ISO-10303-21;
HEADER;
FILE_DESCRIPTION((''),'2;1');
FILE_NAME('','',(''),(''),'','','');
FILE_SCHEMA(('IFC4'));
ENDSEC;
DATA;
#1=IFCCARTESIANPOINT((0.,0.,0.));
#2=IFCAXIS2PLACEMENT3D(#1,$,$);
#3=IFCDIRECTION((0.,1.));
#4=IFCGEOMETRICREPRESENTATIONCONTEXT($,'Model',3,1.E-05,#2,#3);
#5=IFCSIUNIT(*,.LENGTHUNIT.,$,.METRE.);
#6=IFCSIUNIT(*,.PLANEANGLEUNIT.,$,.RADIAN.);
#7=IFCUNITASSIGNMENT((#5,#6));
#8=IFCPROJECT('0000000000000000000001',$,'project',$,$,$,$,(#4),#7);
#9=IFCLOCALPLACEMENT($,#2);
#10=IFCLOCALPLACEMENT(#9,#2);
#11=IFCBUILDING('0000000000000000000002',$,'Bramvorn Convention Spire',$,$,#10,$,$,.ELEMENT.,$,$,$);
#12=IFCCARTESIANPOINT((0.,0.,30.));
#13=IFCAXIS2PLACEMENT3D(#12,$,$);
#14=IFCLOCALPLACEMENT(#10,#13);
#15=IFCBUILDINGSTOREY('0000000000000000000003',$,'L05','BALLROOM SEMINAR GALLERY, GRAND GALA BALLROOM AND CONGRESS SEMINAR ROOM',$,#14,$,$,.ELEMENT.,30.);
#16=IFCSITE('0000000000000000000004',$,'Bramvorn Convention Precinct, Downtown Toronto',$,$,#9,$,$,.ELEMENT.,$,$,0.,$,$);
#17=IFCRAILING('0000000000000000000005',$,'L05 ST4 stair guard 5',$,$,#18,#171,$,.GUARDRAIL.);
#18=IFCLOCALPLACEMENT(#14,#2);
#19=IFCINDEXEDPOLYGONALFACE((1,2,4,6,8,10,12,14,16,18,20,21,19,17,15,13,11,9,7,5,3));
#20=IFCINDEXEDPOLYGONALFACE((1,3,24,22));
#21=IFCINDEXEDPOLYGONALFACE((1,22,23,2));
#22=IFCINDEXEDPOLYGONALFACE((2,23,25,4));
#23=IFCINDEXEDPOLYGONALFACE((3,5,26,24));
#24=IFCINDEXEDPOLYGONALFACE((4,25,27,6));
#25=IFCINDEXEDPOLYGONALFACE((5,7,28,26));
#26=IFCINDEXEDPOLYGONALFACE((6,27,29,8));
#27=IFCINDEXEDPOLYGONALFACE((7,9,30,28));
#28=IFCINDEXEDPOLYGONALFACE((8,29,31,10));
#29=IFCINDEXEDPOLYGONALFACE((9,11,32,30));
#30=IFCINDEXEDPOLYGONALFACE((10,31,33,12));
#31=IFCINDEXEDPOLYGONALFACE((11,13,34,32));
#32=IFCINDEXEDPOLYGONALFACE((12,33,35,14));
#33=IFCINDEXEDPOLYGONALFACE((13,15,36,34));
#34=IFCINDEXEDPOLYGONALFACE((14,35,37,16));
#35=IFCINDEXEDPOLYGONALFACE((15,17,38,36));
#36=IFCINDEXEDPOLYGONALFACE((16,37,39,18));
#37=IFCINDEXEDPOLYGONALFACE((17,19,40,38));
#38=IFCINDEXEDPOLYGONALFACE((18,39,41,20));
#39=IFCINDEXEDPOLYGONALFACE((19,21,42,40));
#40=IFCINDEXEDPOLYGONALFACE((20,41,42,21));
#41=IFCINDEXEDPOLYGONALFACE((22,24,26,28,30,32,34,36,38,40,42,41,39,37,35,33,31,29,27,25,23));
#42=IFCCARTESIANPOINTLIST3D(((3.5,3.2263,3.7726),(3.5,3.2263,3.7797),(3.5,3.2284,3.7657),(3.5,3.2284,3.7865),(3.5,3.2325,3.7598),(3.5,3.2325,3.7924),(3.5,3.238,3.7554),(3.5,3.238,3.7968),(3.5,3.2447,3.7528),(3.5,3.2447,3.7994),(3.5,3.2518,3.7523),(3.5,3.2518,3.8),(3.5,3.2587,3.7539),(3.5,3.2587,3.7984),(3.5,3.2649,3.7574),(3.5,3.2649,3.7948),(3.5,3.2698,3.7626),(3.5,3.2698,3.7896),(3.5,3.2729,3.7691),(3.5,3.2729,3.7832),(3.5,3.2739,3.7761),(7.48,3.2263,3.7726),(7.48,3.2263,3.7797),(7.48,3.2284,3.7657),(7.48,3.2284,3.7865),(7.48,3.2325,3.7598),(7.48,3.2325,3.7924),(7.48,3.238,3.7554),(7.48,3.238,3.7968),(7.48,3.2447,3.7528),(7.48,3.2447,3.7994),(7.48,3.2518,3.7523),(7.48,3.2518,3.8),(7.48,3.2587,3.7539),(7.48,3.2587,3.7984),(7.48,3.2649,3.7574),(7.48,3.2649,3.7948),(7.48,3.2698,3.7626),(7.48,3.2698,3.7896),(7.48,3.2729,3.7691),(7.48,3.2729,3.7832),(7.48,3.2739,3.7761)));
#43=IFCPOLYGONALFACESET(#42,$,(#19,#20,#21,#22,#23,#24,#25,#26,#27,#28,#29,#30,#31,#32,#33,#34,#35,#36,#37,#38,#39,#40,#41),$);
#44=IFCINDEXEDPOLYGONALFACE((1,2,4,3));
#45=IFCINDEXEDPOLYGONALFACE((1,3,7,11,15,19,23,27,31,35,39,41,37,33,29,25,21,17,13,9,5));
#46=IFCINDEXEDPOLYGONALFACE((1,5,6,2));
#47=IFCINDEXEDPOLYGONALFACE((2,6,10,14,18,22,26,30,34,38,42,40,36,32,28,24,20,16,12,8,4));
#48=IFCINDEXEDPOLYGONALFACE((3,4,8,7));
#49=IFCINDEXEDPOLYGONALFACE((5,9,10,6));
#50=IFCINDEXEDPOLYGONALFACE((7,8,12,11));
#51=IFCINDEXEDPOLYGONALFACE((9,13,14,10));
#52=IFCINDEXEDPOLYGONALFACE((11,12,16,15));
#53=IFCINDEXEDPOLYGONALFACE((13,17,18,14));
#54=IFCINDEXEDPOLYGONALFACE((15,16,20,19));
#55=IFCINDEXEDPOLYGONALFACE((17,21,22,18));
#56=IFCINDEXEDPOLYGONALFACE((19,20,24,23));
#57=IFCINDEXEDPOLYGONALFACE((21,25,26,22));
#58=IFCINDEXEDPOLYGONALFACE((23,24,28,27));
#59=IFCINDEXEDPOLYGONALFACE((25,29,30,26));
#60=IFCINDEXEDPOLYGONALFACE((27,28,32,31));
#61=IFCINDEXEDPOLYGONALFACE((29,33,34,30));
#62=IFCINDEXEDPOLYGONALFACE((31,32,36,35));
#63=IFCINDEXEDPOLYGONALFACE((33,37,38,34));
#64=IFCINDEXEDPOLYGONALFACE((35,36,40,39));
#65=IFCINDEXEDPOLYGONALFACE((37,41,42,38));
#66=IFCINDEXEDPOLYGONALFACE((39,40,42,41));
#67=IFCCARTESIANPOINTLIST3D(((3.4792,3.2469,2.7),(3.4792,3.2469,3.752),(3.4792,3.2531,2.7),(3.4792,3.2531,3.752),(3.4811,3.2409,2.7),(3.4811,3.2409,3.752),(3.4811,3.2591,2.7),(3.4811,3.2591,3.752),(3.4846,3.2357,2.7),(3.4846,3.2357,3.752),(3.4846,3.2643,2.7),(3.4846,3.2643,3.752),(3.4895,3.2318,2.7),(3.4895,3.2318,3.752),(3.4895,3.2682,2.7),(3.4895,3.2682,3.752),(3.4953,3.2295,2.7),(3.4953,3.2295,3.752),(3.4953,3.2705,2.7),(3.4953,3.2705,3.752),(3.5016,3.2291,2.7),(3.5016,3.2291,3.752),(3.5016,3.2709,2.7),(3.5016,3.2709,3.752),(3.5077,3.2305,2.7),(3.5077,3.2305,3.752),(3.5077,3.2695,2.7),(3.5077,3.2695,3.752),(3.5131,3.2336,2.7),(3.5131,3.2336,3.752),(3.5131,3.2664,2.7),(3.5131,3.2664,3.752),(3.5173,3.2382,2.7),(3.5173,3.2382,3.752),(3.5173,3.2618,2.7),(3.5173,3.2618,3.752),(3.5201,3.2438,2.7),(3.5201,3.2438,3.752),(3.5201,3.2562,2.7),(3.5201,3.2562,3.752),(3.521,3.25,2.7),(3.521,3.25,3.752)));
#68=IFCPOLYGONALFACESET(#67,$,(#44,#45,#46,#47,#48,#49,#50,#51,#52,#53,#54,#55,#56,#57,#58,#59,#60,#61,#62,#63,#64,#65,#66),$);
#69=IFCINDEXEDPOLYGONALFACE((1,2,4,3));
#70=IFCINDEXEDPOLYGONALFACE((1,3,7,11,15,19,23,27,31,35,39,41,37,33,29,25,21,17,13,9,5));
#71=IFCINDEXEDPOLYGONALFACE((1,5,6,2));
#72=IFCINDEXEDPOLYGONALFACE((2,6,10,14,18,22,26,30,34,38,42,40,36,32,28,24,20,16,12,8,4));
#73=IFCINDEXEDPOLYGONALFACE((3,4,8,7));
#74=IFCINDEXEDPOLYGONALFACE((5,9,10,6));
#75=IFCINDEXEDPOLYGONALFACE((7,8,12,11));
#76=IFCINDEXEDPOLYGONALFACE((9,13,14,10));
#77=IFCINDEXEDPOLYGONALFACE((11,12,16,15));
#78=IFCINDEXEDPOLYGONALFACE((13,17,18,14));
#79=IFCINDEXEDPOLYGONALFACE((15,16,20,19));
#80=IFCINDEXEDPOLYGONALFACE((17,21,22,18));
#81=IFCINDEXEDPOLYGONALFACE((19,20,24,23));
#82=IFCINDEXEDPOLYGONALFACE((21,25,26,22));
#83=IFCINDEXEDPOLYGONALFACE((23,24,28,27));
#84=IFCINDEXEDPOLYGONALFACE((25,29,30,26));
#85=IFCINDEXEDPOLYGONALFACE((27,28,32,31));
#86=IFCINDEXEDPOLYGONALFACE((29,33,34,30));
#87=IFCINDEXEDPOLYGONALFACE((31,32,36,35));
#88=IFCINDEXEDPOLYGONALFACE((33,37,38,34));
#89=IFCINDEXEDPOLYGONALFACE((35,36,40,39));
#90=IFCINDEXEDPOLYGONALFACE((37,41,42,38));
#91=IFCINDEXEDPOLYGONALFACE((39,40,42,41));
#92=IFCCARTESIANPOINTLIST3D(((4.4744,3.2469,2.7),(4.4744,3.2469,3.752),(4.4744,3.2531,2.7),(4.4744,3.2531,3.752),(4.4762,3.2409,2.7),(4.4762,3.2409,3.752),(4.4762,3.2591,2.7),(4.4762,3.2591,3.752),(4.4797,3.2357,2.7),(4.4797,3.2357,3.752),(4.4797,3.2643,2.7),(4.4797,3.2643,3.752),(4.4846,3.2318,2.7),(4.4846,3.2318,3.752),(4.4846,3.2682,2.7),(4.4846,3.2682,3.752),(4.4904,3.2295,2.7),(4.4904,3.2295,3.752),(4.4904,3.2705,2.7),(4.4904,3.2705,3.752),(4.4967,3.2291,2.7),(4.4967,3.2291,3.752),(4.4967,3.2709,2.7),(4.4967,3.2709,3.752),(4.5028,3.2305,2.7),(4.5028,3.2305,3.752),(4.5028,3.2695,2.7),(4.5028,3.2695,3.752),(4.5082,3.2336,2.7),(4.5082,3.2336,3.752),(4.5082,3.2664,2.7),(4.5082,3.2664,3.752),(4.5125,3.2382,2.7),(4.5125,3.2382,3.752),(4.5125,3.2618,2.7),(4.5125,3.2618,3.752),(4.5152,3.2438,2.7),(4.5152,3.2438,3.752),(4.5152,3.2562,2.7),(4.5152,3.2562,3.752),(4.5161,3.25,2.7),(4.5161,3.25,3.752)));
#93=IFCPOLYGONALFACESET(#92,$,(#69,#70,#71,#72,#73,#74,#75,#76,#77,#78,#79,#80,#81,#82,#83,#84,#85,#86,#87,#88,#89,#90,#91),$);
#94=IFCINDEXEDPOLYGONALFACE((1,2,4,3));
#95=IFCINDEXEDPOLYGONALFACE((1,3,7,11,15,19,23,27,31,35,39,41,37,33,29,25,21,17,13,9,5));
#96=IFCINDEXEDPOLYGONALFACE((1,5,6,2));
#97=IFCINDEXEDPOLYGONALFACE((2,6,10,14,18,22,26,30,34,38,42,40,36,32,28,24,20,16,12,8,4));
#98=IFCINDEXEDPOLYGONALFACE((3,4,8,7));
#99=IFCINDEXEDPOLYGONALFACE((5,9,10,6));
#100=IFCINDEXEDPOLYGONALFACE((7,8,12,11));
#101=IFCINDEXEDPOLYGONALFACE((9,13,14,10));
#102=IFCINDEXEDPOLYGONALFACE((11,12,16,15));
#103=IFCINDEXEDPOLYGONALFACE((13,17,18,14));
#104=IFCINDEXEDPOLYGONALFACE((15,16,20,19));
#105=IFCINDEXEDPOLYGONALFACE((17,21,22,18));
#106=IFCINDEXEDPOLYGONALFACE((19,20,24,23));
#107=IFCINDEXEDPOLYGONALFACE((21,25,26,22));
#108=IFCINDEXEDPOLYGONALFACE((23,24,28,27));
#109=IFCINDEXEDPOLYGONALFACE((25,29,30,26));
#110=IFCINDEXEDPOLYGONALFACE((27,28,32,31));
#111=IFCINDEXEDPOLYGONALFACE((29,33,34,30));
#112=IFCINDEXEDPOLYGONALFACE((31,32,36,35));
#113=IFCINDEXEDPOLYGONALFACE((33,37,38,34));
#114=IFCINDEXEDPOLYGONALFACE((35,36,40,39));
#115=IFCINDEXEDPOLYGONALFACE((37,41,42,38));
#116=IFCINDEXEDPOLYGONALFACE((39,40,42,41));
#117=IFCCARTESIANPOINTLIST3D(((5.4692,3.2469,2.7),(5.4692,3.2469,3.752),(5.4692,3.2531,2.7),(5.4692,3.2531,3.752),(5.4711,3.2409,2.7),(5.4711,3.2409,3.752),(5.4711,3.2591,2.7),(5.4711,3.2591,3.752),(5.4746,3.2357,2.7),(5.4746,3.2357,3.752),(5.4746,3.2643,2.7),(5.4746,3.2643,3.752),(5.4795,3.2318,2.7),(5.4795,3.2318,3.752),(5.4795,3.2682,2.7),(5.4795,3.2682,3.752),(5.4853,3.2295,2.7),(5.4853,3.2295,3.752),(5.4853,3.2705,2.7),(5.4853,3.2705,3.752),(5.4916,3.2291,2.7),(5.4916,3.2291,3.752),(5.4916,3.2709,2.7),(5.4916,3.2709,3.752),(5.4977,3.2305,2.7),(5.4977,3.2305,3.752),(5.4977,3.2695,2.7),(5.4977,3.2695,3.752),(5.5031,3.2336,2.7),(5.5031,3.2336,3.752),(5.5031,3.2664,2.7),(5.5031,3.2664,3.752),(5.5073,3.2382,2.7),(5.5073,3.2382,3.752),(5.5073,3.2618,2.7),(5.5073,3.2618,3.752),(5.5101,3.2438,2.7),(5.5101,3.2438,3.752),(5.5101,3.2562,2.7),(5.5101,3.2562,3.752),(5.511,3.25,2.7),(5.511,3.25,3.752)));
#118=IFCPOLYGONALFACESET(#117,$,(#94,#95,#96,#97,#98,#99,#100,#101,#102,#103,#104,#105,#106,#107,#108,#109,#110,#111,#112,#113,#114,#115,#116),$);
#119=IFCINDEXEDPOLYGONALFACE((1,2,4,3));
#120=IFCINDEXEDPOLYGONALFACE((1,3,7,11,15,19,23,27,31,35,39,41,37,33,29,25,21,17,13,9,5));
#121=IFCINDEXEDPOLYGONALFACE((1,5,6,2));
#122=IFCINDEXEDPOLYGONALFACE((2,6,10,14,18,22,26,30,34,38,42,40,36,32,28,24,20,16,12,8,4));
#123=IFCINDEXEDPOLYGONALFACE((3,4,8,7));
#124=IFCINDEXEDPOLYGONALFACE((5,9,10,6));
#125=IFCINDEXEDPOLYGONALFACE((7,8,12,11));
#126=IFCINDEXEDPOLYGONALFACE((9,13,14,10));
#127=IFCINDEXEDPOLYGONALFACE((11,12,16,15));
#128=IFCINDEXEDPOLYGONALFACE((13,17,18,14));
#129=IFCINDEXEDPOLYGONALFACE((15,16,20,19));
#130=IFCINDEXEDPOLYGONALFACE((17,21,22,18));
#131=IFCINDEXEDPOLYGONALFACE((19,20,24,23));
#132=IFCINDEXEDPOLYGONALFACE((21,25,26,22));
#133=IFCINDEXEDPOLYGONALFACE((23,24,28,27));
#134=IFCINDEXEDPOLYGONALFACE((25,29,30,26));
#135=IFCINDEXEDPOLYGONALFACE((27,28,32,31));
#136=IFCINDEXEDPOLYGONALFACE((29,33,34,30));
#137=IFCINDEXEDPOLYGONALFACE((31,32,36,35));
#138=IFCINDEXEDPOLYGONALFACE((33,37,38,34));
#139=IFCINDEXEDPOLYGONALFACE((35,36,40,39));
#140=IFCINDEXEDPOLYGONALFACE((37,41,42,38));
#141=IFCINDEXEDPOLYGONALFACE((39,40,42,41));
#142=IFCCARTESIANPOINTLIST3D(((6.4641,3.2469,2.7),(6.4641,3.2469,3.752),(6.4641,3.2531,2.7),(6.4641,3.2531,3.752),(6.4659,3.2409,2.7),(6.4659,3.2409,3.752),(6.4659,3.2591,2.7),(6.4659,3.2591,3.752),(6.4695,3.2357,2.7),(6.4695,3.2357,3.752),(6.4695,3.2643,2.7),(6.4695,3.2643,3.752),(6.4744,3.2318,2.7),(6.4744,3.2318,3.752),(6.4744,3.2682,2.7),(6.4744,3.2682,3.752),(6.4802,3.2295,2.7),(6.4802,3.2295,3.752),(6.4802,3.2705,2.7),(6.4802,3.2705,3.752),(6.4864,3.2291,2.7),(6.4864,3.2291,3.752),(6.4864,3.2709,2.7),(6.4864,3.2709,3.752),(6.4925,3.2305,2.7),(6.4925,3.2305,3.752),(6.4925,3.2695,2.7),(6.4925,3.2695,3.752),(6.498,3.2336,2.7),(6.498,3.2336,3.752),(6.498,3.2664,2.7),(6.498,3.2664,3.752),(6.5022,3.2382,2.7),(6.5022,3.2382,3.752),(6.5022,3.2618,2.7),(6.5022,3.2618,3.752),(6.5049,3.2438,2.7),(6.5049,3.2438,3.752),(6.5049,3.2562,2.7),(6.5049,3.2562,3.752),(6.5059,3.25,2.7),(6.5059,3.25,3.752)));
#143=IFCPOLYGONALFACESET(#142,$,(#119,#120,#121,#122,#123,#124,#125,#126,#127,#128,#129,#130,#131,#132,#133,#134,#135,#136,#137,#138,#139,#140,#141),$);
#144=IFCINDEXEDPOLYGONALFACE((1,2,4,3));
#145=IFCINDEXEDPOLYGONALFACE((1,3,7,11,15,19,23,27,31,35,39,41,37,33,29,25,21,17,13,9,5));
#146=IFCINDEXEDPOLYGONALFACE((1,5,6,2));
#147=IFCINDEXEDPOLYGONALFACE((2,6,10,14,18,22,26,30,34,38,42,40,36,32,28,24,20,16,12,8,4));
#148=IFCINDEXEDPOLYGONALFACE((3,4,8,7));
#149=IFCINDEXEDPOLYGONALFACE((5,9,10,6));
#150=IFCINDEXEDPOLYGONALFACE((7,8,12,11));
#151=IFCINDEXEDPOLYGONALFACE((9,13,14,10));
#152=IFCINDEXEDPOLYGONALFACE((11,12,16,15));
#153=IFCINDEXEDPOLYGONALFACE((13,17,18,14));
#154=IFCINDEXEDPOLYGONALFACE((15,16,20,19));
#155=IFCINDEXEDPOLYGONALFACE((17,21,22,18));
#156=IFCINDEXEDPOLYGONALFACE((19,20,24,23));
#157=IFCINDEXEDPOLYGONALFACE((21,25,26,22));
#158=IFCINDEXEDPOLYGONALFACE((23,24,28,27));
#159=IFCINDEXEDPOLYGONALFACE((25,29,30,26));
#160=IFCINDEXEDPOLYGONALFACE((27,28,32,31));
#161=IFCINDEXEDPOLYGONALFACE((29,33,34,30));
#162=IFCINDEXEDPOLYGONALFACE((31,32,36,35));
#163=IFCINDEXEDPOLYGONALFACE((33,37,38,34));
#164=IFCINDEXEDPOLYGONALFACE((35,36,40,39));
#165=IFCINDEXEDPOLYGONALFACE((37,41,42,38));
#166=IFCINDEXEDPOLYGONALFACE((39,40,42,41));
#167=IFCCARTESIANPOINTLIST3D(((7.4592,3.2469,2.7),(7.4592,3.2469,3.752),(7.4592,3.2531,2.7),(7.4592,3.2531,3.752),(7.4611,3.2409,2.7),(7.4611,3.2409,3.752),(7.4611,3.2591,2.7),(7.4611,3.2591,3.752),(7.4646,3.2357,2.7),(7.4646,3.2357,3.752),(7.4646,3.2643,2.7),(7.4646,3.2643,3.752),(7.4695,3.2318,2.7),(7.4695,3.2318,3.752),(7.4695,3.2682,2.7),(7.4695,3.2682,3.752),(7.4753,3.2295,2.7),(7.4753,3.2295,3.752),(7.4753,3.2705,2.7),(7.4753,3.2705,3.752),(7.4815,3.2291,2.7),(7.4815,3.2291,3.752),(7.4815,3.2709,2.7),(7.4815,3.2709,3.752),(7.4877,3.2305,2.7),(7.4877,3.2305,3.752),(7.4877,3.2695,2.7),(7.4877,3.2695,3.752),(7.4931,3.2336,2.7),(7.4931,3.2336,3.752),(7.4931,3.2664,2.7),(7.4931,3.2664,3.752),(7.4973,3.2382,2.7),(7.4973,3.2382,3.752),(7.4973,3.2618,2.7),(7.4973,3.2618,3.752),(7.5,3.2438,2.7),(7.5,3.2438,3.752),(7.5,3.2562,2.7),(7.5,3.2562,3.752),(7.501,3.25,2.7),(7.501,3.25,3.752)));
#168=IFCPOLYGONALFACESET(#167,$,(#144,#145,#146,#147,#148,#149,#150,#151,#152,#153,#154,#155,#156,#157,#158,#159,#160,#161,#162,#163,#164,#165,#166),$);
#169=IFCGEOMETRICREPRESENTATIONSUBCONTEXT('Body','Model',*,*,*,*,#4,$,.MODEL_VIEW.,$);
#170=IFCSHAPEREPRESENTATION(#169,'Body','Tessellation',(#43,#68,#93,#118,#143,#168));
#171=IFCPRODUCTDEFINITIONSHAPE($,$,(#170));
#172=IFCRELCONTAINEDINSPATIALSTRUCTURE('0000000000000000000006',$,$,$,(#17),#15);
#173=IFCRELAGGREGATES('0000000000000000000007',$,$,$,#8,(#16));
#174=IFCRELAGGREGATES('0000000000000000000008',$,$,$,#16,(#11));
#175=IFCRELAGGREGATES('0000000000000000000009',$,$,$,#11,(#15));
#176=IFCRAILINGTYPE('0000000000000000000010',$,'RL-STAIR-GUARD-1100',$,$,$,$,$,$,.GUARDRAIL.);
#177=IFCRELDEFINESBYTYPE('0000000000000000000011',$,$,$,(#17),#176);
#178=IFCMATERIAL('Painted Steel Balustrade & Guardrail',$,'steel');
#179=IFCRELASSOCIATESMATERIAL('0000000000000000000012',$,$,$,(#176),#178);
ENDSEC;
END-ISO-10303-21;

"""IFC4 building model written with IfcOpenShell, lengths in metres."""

from ifc_helpers import new_model, si_unit, direction, frame, origin, origin_2d, place, context, subcontext, project, spatial, circle, extrude, material, type_object, element, save


model = new_model("IFC4")

# Units and contexts
model_context = context("Model", 3, precision=1e-05, world=origin(), true_north=direction((0.0, 1.0)))
body_context = subcontext(model_context, "Body", "Model", "MODEL_VIEW")
ifc_project = project(units=[si_unit("LENGTHUNIT", "METRE"), si_unit("PLANEANGLEUNIT", "RADIAN")], contexts=[model_context])

# Site, building, storey
site_placement = place(None, origin())
site = spatial("IfcSite", under=ifc_project, at=site_placement, Name="Bramvorn Convention Precinct, Downtown Toronto", CompositionType="ELEMENT", RefElevation=0.0)
building_placement = place(site_placement, origin())
building = spatial("IfcBuilding", under=site, at=building_placement, Name="Bramvorn Convention Spire", CompositionType="ELEMENT")
storey_placement = place(building_placement, frame((0.0, 0.0, 30.0)))
storey = spatial("IfcBuildingStorey", under=building, at=storey_placement, Name="L05", Description="BALLROOM SEMINAR GALLERY, GRAND GALA BALLROOM AND CONGRESS SEMINAR ROOM", CompositionType="ELEMENT", Elevation=30.0)

# Railing
ifc_material_1 = material(Name="Painted Steel Balustrade & Guardrail", Category="steel")
railing_type = type_object("IfcRailingType", Name="RL-STAIR-GUARD-1100", PredefinedType="GUARDRAIL", material=ifc_material_1)
railing_1_placement = place(storey_placement, frame((3.5, 3.25, 2.7)))
element("IfcRailing", 1, at=railing_1_placement, inside=storey, type_object=railing_type, Name="L05 ST4 stair guard 5", PredefinedType="GUARDRAIL", context=body_context, shape_type="SweptSolid", body=[
    extrude(circle(Radius=0.0239, at=origin_2d()), frame((0.0, 0.0, 1.0762), z_axis=(1.0, 0.0, 0.0), x_axis=(0.0, 1.0, 0.0)), (0.0, 0.0, 1.0), 3.98),
    extrude(circle(Radius=0.021, at=origin_2d()), origin(), (0.0, 0.0, 1.0), 1.052),
    extrude(circle(Radius=0.021, at=origin_2d()), frame((0.9951, 0.0, 0.0)), (0.0, 0.0, 1.0), 1.052),
    extrude(circle(Radius=0.021, at=origin_2d()), frame((1.99, 0.0, 0.0)), (0.0, 0.0, 1.0), 1.052),
    extrude(circle(Radius=0.021, at=origin_2d()), frame((2.9849, 0.0, 0.0)), (0.0, 0.0, 1.0), 1.052),
    extrude(circle(Radius=0.021, at=origin_2d()), frame((3.98, 0.0, 0.0)), (0.0, 0.0, 1.0), 1.052),
])

save(model, "model.ifc")
